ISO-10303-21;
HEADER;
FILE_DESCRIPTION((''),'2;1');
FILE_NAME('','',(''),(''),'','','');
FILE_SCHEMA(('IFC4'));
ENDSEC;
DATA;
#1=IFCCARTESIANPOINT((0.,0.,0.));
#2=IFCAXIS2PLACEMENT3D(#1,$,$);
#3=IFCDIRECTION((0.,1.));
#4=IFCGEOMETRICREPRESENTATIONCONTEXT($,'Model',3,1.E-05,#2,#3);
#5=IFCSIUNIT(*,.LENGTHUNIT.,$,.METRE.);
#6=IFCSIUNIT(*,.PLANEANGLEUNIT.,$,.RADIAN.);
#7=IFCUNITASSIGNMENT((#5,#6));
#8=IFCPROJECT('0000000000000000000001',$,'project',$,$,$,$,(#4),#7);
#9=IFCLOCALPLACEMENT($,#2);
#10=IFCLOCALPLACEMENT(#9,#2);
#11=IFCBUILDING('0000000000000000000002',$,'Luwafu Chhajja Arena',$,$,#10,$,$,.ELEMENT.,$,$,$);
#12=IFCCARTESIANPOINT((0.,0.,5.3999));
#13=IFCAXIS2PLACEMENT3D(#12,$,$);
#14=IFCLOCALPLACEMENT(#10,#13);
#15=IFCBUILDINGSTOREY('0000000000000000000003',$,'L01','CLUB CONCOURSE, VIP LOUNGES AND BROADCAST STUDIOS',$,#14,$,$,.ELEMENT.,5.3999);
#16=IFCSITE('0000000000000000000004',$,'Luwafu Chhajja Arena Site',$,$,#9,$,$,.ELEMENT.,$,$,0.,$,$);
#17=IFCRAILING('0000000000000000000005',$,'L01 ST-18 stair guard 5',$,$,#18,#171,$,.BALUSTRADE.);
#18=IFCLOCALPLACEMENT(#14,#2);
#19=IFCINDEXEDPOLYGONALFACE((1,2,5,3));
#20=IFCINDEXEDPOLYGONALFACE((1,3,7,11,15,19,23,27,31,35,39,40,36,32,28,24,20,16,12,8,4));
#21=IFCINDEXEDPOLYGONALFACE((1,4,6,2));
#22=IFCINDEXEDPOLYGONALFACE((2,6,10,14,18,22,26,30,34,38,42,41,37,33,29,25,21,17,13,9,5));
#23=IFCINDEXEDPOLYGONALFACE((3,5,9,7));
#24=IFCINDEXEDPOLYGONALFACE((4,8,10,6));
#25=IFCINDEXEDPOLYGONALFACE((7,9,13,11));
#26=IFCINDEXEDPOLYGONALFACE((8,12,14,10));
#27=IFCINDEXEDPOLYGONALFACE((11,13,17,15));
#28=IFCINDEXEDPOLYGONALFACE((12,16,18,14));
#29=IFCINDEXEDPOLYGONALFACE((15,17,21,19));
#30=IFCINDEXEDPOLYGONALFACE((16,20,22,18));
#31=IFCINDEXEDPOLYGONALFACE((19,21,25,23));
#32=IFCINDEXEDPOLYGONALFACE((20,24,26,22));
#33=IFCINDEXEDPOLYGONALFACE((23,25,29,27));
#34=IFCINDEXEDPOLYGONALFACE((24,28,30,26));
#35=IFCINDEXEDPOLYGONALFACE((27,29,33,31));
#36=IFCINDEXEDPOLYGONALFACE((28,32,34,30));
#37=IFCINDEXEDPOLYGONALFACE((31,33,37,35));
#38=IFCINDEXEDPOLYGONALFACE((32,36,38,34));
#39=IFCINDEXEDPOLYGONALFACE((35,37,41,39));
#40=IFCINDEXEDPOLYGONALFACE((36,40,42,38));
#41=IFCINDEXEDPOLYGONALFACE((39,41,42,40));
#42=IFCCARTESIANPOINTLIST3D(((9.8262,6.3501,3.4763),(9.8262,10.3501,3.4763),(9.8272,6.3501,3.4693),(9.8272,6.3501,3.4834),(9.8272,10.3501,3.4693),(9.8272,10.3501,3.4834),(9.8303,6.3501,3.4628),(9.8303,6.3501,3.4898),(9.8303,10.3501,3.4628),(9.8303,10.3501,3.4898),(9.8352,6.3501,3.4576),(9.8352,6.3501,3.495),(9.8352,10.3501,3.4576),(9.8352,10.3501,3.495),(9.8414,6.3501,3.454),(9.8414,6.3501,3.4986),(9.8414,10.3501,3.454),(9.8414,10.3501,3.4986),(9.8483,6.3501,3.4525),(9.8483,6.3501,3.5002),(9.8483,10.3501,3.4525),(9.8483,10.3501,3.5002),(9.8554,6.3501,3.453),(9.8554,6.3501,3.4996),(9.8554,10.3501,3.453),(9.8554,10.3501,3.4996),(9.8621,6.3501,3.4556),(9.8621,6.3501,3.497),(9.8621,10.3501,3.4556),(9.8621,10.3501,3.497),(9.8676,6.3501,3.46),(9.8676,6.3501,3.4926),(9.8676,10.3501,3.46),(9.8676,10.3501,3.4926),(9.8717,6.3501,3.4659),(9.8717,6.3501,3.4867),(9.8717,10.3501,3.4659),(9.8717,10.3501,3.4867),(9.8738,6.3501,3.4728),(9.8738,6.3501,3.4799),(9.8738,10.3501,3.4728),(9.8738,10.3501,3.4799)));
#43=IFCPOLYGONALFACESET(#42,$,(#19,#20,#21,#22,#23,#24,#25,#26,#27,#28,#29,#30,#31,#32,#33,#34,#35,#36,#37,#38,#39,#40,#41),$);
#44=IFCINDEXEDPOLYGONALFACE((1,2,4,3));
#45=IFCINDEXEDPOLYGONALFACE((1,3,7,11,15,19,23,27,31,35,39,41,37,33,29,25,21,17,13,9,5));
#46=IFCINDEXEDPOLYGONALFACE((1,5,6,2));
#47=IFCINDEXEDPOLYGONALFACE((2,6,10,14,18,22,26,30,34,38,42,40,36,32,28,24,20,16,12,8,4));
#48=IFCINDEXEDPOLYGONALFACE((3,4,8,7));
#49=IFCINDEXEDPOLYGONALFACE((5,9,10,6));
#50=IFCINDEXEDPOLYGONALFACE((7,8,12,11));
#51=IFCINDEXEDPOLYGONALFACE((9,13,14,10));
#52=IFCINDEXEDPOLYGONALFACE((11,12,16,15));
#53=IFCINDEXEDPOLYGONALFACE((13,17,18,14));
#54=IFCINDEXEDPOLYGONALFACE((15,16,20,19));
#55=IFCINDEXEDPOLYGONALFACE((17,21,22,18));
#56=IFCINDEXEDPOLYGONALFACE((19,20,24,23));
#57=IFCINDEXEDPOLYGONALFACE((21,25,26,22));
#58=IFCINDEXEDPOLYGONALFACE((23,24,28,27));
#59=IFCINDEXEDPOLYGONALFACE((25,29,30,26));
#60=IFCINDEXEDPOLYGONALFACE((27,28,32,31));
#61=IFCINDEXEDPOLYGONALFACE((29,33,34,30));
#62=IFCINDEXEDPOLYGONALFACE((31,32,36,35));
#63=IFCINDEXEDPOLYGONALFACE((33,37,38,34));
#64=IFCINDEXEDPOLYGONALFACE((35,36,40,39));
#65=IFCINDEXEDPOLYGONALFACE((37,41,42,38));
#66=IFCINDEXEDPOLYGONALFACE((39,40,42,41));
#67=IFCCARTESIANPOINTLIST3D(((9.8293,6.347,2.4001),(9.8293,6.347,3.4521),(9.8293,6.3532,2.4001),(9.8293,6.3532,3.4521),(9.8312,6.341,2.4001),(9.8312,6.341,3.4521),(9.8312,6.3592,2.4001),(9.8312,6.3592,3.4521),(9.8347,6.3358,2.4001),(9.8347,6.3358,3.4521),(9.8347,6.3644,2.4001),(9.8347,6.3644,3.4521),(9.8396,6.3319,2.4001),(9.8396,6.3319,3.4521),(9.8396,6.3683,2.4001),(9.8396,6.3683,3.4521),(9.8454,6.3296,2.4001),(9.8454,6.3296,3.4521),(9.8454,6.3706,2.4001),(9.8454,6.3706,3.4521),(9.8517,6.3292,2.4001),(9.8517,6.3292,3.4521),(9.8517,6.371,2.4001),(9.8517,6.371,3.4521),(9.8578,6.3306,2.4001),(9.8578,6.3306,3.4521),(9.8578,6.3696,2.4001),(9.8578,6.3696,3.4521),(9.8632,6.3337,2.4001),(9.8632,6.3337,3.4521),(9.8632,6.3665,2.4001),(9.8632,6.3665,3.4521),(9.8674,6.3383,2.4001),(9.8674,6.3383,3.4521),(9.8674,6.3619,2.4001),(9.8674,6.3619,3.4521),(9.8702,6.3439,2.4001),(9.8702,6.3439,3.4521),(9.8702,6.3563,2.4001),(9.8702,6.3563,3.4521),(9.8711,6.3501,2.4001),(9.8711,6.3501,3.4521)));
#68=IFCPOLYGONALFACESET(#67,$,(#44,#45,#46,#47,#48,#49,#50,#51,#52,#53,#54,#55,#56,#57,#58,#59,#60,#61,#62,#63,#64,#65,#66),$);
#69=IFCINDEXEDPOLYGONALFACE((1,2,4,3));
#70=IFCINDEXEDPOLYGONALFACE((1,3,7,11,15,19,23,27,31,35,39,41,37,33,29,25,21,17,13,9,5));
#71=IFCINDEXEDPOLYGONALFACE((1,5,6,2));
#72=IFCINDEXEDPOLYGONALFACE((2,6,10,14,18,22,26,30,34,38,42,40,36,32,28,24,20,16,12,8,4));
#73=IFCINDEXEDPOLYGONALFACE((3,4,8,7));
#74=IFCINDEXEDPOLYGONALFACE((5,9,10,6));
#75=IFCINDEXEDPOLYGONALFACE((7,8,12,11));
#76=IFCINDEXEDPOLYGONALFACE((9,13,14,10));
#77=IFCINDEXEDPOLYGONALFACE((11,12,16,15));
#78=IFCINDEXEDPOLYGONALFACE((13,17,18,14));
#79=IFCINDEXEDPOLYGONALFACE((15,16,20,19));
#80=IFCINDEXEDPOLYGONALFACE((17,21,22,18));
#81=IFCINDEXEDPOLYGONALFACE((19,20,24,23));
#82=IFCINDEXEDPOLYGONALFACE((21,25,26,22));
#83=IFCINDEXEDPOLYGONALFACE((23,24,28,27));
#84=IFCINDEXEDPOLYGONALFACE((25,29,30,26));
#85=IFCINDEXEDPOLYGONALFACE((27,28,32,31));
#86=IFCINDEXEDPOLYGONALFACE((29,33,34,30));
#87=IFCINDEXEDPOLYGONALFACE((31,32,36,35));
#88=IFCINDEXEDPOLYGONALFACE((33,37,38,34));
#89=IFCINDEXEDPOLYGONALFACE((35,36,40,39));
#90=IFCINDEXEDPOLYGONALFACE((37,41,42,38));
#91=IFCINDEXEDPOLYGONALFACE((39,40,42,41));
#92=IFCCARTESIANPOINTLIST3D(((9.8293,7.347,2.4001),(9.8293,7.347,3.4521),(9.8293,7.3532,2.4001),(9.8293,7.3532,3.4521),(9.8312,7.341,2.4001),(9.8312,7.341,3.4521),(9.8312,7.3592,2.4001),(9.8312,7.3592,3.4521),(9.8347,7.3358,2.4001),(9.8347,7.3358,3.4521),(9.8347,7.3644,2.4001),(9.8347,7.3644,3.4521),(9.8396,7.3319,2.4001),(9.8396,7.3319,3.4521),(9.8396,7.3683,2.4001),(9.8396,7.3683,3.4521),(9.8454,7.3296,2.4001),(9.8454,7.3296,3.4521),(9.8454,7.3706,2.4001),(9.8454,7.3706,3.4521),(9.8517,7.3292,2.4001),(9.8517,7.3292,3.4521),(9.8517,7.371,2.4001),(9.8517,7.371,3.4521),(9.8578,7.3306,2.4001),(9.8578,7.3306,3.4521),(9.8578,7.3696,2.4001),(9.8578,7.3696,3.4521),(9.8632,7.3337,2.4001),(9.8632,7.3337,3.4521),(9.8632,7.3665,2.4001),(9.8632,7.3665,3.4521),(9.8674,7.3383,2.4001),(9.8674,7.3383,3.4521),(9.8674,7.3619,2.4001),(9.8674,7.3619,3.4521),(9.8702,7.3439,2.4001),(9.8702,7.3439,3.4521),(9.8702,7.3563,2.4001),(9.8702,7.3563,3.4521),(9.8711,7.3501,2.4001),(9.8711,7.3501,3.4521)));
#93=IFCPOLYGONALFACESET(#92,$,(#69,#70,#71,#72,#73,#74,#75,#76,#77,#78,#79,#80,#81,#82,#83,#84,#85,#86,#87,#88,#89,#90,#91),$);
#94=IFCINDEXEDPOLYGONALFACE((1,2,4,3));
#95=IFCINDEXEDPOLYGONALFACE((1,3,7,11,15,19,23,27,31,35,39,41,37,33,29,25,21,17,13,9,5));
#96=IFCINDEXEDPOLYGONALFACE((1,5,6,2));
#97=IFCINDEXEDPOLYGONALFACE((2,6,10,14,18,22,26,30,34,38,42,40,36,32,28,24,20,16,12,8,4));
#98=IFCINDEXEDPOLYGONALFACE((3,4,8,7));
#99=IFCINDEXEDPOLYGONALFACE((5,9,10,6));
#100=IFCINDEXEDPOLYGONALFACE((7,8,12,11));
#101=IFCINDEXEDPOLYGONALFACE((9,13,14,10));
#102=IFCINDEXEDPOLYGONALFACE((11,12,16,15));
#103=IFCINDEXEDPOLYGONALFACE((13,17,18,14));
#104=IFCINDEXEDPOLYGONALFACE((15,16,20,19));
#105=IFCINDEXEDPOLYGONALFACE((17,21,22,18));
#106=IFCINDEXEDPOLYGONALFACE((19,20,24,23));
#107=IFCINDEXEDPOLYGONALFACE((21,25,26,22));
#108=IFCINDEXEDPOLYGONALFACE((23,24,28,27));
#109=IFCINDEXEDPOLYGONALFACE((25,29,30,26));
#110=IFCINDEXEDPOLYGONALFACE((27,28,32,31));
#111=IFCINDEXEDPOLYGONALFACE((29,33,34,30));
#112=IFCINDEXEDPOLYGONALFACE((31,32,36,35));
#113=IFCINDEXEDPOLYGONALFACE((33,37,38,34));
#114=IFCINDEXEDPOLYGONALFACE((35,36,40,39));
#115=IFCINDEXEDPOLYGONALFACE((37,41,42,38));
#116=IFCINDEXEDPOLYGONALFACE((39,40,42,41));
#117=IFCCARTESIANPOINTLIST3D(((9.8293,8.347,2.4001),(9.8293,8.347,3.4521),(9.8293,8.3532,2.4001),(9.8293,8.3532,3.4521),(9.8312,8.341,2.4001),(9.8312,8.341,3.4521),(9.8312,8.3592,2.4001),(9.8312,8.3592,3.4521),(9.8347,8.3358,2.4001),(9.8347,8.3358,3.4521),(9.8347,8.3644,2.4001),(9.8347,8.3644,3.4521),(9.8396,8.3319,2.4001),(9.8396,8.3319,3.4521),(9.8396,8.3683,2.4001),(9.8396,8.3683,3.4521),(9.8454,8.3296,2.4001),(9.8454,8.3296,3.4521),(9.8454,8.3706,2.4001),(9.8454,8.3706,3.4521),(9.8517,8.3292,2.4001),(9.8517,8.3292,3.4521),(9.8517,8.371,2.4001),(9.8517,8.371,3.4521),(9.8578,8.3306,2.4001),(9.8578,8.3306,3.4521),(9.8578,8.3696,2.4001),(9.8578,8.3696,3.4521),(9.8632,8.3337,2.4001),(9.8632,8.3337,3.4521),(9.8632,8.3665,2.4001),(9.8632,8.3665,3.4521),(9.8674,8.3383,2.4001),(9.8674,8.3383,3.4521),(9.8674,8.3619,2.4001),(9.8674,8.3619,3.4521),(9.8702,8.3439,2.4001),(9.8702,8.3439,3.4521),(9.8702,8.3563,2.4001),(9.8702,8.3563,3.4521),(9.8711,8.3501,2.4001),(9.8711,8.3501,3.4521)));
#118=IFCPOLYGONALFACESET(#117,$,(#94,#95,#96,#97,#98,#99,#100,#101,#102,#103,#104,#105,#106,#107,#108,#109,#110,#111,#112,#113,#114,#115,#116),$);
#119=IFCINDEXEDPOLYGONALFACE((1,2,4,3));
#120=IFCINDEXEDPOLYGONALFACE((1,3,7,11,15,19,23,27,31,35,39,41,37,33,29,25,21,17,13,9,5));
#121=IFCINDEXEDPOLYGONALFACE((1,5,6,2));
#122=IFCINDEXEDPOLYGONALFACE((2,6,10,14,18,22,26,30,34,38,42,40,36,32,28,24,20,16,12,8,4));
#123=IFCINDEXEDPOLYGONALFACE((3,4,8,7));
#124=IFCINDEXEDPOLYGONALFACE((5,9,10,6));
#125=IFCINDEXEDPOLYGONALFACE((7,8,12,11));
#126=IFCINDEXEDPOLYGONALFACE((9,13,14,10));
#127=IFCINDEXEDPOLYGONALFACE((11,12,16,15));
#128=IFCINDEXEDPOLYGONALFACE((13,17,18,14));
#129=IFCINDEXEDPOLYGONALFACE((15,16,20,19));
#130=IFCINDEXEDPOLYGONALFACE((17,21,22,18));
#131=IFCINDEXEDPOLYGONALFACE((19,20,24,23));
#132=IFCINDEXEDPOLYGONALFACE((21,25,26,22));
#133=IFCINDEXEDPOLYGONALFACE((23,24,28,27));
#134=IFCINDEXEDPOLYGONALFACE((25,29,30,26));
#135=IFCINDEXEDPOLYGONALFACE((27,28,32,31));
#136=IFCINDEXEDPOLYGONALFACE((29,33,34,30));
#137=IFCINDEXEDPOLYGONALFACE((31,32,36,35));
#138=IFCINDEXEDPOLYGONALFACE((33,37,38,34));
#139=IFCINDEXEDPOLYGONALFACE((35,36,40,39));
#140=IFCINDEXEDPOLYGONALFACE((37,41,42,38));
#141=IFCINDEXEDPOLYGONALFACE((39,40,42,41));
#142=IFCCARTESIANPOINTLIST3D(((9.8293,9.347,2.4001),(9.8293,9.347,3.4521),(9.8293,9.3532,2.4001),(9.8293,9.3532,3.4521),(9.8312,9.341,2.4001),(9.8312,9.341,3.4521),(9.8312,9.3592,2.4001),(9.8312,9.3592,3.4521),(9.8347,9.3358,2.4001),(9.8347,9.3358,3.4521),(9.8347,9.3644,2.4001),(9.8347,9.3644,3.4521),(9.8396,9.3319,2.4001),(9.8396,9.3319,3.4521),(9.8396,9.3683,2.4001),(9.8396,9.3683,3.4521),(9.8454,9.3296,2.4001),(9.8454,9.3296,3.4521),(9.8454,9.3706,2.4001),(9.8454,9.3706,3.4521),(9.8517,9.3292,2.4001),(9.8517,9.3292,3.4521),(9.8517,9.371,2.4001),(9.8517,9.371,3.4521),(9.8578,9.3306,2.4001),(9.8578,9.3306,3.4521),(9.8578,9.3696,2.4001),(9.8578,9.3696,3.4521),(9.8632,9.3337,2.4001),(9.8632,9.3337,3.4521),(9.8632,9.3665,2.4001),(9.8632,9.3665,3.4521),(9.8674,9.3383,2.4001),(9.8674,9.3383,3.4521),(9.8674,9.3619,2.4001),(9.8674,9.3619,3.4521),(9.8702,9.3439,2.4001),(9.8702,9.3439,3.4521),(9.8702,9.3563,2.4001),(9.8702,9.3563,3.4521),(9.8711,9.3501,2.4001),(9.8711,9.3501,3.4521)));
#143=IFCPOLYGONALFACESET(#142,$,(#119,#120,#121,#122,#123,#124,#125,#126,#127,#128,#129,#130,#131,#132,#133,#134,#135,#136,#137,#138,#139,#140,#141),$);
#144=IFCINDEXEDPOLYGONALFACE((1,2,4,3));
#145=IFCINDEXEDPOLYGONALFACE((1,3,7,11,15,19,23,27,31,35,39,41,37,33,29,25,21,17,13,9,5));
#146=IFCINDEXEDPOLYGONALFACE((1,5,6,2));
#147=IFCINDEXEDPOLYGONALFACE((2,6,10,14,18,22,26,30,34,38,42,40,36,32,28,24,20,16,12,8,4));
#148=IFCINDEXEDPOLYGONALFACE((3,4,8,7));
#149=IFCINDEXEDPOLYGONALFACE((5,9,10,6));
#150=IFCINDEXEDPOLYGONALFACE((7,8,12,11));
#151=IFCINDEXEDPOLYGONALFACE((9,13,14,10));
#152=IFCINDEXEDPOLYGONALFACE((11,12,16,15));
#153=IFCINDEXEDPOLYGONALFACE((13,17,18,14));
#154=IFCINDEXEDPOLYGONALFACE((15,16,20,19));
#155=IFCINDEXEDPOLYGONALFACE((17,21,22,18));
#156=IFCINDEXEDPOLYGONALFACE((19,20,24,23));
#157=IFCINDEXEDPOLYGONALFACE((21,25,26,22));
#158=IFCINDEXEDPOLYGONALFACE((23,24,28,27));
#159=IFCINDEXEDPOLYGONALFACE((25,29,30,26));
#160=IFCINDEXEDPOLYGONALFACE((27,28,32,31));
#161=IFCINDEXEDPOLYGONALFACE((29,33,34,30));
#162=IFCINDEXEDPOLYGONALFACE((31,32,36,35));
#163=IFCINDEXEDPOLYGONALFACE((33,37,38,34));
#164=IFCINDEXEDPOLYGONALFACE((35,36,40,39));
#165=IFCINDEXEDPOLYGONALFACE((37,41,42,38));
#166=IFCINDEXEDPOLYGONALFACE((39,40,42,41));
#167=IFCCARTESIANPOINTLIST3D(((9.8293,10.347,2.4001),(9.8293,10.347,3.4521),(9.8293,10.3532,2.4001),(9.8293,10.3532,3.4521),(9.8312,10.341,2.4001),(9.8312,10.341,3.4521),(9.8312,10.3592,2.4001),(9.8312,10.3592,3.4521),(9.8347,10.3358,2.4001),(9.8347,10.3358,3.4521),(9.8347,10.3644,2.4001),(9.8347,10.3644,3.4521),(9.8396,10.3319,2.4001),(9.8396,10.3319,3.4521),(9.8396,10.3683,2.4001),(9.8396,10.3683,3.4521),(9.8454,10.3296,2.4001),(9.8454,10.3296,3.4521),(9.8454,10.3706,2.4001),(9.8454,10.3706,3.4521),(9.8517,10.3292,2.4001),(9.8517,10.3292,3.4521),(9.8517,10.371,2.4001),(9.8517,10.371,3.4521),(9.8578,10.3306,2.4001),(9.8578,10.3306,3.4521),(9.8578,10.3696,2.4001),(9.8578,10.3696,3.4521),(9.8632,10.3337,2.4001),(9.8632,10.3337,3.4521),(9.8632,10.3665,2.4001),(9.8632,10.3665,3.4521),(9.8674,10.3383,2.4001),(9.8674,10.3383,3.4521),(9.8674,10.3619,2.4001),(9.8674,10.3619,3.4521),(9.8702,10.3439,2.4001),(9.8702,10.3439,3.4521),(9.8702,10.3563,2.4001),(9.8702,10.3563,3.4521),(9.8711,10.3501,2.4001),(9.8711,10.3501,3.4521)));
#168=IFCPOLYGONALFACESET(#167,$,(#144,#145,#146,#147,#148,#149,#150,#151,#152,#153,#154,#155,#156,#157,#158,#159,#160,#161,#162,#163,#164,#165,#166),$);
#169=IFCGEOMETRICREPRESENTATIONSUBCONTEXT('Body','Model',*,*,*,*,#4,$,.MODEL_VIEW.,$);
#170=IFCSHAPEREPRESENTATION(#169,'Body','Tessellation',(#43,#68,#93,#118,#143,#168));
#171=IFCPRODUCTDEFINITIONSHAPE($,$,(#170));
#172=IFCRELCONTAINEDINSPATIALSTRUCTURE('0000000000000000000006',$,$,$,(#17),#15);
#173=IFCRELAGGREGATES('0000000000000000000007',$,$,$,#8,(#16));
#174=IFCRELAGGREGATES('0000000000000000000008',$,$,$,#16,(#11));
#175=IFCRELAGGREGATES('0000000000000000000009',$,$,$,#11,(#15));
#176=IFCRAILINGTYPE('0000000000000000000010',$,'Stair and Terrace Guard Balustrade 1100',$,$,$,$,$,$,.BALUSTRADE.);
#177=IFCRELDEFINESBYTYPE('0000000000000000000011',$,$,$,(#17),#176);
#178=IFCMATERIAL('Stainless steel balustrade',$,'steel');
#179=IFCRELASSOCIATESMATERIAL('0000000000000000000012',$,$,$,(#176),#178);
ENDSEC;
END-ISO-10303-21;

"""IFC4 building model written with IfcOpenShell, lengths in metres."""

from ifc_helpers import new_model, si_unit, direction, frame, origin, origin_2d, place, context, subcontext, project, spatial, circle, extrude, material, type_object, element, save


model = new_model("IFC4")

# Units and contexts
model_context = context("Model", 3, precision=1e-05, world=origin(), true_north=direction((0.0, 1.0)))
body_context = subcontext(model_context, "Body", "Model", "MODEL_VIEW")
ifc_project = project(units=[si_unit("LENGTHUNIT", "METRE"), si_unit("PLANEANGLEUNIT", "RADIAN")], contexts=[model_context])

# Site, building, storey
site_placement = place(None, origin())
site = spatial("IfcSite", under=ifc_project, at=site_placement, Name="Luwafu Chhajja Arena Site", CompositionType="ELEMENT", RefElevation=0.0)
building_placement = place(site_placement, origin())
building = spatial("IfcBuilding", under=site, at=building_placement, Name="Luwafu Chhajja Arena", CompositionType="ELEMENT")
storey_placement = place(building_placement, frame((0.0, 0.0, 5.3999)))
storey = spatial("IfcBuildingStorey", under=building, at=storey_placement, Name="L01", Description="CLUB CONCOURSE, VIP LOUNGES AND BROADCAST STUDIOS", CompositionType="ELEMENT", Elevation=5.3999)

# Shared definitions
ifc_material_1 = material(Name="Stainless steel balustrade", Category="steel")

# Railing
railing_type_1 = type_object("IfcRailingType", Name="Stair and Terrace Guard Balustrade 1100", PredefinedType="BALUSTRADE", material=ifc_material_1)
railing_1_placement = place(storey_placement, frame((9.8501, 6.3501, 2.4001)))
element("IfcRailing", 1, at=railing_1_placement, inside=storey, type_object=railing_type_1, Name="L01 ST-18 stair guard 5", PredefinedType="BALUSTRADE", context=body_context, shape_type="SweptSolid", body=[
    extrude(circle(Radius=0.0239, at=origin_2d()), frame((0.0, 0.0, 1.0762), z_axis=(0.0, 1.0, 0.0), x_axis=(-1.0, 0.0, 0.0)), (0.0, 0.0, 1.0), 4.0),
    extrude(circle(Radius=0.021, at=origin_2d()), origin(), (0.0, 0.0, 1.0), 1.052),
    extrude(circle(Radius=0.021, at=origin_2d()), frame((0.0, 1.0, 0.0)), (0.0, 0.0, 1.0), 1.052),
    extrude(circle(Radius=0.021, at=origin_2d()), frame((0.0, 2.0, 0.0)), (0.0, 0.0, 1.0), 1.052),
    extrude(circle(Radius=0.021, at=origin_2d()), frame((0.0, 3.0, 0.0)), (0.0, 0.0, 1.0), 1.052),
    extrude(circle(Radius=0.021, at=origin_2d()), frame((0.0, 4.0, 0.0)), (0.0, 0.0, 1.0), 1.052),
])

save(model, "model.ifc")
